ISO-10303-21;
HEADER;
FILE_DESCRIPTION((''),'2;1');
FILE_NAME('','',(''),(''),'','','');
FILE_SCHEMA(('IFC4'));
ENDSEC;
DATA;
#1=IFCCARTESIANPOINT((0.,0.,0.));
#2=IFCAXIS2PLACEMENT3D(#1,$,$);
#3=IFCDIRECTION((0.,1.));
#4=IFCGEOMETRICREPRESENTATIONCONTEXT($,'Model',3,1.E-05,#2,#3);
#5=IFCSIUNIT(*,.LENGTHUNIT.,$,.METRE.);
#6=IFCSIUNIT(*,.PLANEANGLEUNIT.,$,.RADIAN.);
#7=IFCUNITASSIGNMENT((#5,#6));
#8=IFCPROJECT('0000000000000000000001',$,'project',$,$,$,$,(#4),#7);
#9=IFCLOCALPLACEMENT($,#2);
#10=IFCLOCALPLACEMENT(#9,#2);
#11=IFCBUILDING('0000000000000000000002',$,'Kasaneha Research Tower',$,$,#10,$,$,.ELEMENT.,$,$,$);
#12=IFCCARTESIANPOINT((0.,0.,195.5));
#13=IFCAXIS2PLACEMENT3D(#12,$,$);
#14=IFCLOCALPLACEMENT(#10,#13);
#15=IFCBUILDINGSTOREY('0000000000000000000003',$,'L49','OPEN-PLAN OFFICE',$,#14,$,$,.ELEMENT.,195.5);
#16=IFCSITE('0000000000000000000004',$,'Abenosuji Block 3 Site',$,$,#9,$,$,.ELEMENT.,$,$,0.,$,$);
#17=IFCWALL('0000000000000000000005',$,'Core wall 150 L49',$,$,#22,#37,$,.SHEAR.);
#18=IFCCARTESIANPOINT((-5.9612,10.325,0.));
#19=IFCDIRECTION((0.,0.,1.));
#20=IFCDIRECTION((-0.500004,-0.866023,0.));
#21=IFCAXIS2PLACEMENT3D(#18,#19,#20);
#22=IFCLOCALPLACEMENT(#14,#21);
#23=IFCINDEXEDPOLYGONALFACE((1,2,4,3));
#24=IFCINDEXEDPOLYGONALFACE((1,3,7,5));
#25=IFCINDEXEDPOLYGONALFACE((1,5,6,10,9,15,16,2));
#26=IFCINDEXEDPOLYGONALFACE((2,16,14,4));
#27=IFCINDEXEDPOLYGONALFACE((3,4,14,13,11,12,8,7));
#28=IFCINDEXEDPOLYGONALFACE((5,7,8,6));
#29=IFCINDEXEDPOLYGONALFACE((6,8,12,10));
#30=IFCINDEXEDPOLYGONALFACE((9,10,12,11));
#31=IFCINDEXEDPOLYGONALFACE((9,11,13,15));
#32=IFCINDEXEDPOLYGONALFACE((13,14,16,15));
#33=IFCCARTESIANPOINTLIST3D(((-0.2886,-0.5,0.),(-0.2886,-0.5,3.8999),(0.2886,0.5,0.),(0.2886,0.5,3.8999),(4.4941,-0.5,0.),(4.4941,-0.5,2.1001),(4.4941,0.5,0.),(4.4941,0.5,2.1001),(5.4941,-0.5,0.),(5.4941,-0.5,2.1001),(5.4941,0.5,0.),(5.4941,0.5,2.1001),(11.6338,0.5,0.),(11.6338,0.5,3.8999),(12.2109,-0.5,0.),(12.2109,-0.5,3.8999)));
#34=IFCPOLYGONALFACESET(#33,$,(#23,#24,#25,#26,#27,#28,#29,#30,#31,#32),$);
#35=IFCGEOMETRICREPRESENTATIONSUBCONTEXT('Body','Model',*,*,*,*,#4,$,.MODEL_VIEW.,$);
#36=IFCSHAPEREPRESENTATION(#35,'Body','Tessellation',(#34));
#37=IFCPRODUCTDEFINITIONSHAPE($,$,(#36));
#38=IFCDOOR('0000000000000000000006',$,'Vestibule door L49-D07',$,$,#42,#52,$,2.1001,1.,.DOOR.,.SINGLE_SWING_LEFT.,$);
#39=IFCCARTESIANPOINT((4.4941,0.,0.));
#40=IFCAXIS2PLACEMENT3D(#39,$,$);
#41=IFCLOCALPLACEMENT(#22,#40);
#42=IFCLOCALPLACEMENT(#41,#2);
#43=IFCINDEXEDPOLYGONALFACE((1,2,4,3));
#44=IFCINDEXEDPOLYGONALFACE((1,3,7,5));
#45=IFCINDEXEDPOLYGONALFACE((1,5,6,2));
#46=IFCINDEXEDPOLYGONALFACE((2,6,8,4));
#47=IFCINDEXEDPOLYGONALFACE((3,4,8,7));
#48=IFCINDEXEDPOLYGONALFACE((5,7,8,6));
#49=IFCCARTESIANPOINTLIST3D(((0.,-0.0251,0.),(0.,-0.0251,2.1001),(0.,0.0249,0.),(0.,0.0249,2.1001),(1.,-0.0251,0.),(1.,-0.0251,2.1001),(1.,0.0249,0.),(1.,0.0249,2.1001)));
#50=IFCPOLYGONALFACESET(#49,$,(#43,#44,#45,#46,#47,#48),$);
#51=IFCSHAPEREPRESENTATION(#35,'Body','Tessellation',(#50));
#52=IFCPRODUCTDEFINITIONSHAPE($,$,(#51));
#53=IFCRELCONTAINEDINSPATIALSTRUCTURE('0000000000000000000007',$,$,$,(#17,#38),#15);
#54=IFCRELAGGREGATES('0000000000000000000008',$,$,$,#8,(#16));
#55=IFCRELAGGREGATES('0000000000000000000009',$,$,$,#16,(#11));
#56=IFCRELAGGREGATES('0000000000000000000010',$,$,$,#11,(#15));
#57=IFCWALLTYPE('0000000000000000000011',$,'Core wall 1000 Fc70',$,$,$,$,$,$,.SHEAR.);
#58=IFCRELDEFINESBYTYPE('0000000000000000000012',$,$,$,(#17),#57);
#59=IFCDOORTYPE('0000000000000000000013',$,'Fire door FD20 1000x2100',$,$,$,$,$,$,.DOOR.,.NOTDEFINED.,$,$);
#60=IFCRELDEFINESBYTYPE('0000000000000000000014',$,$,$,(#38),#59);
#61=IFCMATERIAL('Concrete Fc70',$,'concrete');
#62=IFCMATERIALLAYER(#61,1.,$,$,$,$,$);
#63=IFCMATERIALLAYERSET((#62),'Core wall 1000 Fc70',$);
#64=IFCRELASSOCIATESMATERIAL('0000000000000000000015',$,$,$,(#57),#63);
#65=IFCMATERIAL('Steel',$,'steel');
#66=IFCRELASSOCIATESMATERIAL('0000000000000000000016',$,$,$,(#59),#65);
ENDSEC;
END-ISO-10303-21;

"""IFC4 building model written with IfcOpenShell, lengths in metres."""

from ifc_helpers import new_model, si_unit, direction, frame, frame_2d, origin, place, context, subcontext, project, spatial, polyline, rectangle, outline, extrude, material, layer, layer_set, type_object, element, fill, save


model = new_model("IFC4")

# Units and contexts
model_context = context("Model", 3, precision=1e-05, world=origin(), true_north=direction((0.0, 1.0)))
body_context = subcontext(model_context, "Body", "Model", "MODEL_VIEW")
ifc_project = project(units=[si_unit("LENGTHUNIT", "METRE"), si_unit("PLANEANGLEUNIT", "RADIAN")], contexts=[model_context])

# Site, building, storey
site_placement = place(None, origin())
site = spatial("IfcSite", under=ifc_project, at=site_placement, Name="Abenosuji Block 3 Site", CompositionType="ELEMENT", RefElevation=0.0)
building_placement = place(site_placement, origin())
building = spatial("IfcBuilding", under=site, at=building_placement, Name="Kasaneha Research Tower", CompositionType="ELEMENT")
storey_placement = place(building_placement, frame((0.0, 0.0, 195.5)))
storey = spatial("IfcBuildingStorey", under=building, at=storey_placement, Name="L49", Description="OPEN-PLAN OFFICE", CompositionType="ELEMENT", Elevation=195.5)

# Wall, opening, door
ifc_material_1 = material(Name="Concrete Fc70", Category="concrete")
ifc_layer_1 = layer(ifc_material_1, 1.0)
ifc_layer_set_1 = layer_set([ifc_layer_1], Name="Core wall 1000 Fc70")
wall_type_1 = type_object("IfcWallType", Name="Core wall 1000 Fc70", PredefinedType="SHEAR", material=ifc_layer_set_1)
wall_1_placement = place(storey_placement, frame((-5.9612, 10.325, 0.0), z_axis=(0.0, 0.0, 1.0), x_axis=(-0.500004, -0.866023, 0.0)))
wall_1 = element("IfcWall", 1, at=wall_1_placement, inside=storey, type_object=wall_type_1, Name="Core wall 150 L49", PredefinedType="SHEAR", context=body_context, shape_type="SweptSolid", body=[
    extrude(outline(polyline([(-0.2886, -0.5), (4.4941, -0.5), (5.4941, -0.5), (12.2109, -0.5), (11.6338, 0.5), (5.4941, 0.5), (4.4941, 0.5), (0.2886, 0.5), (-0.2886, -0.5)])), origin(), (0.0, 0.0, 1.0), 3.8999),
])
opening_1_placement = place(wall_1_placement, frame((4.4941, 0.0, 0.0)))
opening_1 = element("IfcOpeningElement", 2, at=opening_1_placement, cuts=wall_1, PredefinedType="OPENING", context=body_context, shape_type="SweptSolid", body=[
    extrude(rectangle(XDim=1.0, YDim=2.1001, at=frame_2d((0.5, 1.05))), frame((0.0, 0.51, 0.0), z_axis=(0.0, -1.0, 0.0), x_axis=(1.0, 0.0, 0.0)), (0.0, 0.0, 1.0), 1.02),
])
ifc_material_2 = material(Name="Steel", Category="steel")
door_type_1 = type_object("IfcDoorType", Name="Fire door FD20 1000x2100", OperationType="NOTDEFINED", PredefinedType="DOOR", material=ifc_material_2)
door_1_placement = place(opening_1_placement, origin())
door_1 = element("IfcDoor", 3, at=door_1_placement, inside=storey, type_object=door_type_1, Name="Vestibule door L49-D07", OperationType="SINGLE_SWING_LEFT", OverallHeight=2.1001, OverallWidth=1.0, PredefinedType="DOOR", context=body_context, shape_type="SweptSolid", body=[
    extrude(rectangle(XDim=1.0, YDim=2.1001, at=frame_2d((0.5, 1.05))), frame((0.0, 0.0249, 0.0), z_axis=(0.0, -1.0, 0.0), x_axis=(1.0, 0.0, 0.0)), (0.0, 0.0, 1.0), 0.05),
])
fill(opening_1, door_1)

save(model, "model.ifc")
